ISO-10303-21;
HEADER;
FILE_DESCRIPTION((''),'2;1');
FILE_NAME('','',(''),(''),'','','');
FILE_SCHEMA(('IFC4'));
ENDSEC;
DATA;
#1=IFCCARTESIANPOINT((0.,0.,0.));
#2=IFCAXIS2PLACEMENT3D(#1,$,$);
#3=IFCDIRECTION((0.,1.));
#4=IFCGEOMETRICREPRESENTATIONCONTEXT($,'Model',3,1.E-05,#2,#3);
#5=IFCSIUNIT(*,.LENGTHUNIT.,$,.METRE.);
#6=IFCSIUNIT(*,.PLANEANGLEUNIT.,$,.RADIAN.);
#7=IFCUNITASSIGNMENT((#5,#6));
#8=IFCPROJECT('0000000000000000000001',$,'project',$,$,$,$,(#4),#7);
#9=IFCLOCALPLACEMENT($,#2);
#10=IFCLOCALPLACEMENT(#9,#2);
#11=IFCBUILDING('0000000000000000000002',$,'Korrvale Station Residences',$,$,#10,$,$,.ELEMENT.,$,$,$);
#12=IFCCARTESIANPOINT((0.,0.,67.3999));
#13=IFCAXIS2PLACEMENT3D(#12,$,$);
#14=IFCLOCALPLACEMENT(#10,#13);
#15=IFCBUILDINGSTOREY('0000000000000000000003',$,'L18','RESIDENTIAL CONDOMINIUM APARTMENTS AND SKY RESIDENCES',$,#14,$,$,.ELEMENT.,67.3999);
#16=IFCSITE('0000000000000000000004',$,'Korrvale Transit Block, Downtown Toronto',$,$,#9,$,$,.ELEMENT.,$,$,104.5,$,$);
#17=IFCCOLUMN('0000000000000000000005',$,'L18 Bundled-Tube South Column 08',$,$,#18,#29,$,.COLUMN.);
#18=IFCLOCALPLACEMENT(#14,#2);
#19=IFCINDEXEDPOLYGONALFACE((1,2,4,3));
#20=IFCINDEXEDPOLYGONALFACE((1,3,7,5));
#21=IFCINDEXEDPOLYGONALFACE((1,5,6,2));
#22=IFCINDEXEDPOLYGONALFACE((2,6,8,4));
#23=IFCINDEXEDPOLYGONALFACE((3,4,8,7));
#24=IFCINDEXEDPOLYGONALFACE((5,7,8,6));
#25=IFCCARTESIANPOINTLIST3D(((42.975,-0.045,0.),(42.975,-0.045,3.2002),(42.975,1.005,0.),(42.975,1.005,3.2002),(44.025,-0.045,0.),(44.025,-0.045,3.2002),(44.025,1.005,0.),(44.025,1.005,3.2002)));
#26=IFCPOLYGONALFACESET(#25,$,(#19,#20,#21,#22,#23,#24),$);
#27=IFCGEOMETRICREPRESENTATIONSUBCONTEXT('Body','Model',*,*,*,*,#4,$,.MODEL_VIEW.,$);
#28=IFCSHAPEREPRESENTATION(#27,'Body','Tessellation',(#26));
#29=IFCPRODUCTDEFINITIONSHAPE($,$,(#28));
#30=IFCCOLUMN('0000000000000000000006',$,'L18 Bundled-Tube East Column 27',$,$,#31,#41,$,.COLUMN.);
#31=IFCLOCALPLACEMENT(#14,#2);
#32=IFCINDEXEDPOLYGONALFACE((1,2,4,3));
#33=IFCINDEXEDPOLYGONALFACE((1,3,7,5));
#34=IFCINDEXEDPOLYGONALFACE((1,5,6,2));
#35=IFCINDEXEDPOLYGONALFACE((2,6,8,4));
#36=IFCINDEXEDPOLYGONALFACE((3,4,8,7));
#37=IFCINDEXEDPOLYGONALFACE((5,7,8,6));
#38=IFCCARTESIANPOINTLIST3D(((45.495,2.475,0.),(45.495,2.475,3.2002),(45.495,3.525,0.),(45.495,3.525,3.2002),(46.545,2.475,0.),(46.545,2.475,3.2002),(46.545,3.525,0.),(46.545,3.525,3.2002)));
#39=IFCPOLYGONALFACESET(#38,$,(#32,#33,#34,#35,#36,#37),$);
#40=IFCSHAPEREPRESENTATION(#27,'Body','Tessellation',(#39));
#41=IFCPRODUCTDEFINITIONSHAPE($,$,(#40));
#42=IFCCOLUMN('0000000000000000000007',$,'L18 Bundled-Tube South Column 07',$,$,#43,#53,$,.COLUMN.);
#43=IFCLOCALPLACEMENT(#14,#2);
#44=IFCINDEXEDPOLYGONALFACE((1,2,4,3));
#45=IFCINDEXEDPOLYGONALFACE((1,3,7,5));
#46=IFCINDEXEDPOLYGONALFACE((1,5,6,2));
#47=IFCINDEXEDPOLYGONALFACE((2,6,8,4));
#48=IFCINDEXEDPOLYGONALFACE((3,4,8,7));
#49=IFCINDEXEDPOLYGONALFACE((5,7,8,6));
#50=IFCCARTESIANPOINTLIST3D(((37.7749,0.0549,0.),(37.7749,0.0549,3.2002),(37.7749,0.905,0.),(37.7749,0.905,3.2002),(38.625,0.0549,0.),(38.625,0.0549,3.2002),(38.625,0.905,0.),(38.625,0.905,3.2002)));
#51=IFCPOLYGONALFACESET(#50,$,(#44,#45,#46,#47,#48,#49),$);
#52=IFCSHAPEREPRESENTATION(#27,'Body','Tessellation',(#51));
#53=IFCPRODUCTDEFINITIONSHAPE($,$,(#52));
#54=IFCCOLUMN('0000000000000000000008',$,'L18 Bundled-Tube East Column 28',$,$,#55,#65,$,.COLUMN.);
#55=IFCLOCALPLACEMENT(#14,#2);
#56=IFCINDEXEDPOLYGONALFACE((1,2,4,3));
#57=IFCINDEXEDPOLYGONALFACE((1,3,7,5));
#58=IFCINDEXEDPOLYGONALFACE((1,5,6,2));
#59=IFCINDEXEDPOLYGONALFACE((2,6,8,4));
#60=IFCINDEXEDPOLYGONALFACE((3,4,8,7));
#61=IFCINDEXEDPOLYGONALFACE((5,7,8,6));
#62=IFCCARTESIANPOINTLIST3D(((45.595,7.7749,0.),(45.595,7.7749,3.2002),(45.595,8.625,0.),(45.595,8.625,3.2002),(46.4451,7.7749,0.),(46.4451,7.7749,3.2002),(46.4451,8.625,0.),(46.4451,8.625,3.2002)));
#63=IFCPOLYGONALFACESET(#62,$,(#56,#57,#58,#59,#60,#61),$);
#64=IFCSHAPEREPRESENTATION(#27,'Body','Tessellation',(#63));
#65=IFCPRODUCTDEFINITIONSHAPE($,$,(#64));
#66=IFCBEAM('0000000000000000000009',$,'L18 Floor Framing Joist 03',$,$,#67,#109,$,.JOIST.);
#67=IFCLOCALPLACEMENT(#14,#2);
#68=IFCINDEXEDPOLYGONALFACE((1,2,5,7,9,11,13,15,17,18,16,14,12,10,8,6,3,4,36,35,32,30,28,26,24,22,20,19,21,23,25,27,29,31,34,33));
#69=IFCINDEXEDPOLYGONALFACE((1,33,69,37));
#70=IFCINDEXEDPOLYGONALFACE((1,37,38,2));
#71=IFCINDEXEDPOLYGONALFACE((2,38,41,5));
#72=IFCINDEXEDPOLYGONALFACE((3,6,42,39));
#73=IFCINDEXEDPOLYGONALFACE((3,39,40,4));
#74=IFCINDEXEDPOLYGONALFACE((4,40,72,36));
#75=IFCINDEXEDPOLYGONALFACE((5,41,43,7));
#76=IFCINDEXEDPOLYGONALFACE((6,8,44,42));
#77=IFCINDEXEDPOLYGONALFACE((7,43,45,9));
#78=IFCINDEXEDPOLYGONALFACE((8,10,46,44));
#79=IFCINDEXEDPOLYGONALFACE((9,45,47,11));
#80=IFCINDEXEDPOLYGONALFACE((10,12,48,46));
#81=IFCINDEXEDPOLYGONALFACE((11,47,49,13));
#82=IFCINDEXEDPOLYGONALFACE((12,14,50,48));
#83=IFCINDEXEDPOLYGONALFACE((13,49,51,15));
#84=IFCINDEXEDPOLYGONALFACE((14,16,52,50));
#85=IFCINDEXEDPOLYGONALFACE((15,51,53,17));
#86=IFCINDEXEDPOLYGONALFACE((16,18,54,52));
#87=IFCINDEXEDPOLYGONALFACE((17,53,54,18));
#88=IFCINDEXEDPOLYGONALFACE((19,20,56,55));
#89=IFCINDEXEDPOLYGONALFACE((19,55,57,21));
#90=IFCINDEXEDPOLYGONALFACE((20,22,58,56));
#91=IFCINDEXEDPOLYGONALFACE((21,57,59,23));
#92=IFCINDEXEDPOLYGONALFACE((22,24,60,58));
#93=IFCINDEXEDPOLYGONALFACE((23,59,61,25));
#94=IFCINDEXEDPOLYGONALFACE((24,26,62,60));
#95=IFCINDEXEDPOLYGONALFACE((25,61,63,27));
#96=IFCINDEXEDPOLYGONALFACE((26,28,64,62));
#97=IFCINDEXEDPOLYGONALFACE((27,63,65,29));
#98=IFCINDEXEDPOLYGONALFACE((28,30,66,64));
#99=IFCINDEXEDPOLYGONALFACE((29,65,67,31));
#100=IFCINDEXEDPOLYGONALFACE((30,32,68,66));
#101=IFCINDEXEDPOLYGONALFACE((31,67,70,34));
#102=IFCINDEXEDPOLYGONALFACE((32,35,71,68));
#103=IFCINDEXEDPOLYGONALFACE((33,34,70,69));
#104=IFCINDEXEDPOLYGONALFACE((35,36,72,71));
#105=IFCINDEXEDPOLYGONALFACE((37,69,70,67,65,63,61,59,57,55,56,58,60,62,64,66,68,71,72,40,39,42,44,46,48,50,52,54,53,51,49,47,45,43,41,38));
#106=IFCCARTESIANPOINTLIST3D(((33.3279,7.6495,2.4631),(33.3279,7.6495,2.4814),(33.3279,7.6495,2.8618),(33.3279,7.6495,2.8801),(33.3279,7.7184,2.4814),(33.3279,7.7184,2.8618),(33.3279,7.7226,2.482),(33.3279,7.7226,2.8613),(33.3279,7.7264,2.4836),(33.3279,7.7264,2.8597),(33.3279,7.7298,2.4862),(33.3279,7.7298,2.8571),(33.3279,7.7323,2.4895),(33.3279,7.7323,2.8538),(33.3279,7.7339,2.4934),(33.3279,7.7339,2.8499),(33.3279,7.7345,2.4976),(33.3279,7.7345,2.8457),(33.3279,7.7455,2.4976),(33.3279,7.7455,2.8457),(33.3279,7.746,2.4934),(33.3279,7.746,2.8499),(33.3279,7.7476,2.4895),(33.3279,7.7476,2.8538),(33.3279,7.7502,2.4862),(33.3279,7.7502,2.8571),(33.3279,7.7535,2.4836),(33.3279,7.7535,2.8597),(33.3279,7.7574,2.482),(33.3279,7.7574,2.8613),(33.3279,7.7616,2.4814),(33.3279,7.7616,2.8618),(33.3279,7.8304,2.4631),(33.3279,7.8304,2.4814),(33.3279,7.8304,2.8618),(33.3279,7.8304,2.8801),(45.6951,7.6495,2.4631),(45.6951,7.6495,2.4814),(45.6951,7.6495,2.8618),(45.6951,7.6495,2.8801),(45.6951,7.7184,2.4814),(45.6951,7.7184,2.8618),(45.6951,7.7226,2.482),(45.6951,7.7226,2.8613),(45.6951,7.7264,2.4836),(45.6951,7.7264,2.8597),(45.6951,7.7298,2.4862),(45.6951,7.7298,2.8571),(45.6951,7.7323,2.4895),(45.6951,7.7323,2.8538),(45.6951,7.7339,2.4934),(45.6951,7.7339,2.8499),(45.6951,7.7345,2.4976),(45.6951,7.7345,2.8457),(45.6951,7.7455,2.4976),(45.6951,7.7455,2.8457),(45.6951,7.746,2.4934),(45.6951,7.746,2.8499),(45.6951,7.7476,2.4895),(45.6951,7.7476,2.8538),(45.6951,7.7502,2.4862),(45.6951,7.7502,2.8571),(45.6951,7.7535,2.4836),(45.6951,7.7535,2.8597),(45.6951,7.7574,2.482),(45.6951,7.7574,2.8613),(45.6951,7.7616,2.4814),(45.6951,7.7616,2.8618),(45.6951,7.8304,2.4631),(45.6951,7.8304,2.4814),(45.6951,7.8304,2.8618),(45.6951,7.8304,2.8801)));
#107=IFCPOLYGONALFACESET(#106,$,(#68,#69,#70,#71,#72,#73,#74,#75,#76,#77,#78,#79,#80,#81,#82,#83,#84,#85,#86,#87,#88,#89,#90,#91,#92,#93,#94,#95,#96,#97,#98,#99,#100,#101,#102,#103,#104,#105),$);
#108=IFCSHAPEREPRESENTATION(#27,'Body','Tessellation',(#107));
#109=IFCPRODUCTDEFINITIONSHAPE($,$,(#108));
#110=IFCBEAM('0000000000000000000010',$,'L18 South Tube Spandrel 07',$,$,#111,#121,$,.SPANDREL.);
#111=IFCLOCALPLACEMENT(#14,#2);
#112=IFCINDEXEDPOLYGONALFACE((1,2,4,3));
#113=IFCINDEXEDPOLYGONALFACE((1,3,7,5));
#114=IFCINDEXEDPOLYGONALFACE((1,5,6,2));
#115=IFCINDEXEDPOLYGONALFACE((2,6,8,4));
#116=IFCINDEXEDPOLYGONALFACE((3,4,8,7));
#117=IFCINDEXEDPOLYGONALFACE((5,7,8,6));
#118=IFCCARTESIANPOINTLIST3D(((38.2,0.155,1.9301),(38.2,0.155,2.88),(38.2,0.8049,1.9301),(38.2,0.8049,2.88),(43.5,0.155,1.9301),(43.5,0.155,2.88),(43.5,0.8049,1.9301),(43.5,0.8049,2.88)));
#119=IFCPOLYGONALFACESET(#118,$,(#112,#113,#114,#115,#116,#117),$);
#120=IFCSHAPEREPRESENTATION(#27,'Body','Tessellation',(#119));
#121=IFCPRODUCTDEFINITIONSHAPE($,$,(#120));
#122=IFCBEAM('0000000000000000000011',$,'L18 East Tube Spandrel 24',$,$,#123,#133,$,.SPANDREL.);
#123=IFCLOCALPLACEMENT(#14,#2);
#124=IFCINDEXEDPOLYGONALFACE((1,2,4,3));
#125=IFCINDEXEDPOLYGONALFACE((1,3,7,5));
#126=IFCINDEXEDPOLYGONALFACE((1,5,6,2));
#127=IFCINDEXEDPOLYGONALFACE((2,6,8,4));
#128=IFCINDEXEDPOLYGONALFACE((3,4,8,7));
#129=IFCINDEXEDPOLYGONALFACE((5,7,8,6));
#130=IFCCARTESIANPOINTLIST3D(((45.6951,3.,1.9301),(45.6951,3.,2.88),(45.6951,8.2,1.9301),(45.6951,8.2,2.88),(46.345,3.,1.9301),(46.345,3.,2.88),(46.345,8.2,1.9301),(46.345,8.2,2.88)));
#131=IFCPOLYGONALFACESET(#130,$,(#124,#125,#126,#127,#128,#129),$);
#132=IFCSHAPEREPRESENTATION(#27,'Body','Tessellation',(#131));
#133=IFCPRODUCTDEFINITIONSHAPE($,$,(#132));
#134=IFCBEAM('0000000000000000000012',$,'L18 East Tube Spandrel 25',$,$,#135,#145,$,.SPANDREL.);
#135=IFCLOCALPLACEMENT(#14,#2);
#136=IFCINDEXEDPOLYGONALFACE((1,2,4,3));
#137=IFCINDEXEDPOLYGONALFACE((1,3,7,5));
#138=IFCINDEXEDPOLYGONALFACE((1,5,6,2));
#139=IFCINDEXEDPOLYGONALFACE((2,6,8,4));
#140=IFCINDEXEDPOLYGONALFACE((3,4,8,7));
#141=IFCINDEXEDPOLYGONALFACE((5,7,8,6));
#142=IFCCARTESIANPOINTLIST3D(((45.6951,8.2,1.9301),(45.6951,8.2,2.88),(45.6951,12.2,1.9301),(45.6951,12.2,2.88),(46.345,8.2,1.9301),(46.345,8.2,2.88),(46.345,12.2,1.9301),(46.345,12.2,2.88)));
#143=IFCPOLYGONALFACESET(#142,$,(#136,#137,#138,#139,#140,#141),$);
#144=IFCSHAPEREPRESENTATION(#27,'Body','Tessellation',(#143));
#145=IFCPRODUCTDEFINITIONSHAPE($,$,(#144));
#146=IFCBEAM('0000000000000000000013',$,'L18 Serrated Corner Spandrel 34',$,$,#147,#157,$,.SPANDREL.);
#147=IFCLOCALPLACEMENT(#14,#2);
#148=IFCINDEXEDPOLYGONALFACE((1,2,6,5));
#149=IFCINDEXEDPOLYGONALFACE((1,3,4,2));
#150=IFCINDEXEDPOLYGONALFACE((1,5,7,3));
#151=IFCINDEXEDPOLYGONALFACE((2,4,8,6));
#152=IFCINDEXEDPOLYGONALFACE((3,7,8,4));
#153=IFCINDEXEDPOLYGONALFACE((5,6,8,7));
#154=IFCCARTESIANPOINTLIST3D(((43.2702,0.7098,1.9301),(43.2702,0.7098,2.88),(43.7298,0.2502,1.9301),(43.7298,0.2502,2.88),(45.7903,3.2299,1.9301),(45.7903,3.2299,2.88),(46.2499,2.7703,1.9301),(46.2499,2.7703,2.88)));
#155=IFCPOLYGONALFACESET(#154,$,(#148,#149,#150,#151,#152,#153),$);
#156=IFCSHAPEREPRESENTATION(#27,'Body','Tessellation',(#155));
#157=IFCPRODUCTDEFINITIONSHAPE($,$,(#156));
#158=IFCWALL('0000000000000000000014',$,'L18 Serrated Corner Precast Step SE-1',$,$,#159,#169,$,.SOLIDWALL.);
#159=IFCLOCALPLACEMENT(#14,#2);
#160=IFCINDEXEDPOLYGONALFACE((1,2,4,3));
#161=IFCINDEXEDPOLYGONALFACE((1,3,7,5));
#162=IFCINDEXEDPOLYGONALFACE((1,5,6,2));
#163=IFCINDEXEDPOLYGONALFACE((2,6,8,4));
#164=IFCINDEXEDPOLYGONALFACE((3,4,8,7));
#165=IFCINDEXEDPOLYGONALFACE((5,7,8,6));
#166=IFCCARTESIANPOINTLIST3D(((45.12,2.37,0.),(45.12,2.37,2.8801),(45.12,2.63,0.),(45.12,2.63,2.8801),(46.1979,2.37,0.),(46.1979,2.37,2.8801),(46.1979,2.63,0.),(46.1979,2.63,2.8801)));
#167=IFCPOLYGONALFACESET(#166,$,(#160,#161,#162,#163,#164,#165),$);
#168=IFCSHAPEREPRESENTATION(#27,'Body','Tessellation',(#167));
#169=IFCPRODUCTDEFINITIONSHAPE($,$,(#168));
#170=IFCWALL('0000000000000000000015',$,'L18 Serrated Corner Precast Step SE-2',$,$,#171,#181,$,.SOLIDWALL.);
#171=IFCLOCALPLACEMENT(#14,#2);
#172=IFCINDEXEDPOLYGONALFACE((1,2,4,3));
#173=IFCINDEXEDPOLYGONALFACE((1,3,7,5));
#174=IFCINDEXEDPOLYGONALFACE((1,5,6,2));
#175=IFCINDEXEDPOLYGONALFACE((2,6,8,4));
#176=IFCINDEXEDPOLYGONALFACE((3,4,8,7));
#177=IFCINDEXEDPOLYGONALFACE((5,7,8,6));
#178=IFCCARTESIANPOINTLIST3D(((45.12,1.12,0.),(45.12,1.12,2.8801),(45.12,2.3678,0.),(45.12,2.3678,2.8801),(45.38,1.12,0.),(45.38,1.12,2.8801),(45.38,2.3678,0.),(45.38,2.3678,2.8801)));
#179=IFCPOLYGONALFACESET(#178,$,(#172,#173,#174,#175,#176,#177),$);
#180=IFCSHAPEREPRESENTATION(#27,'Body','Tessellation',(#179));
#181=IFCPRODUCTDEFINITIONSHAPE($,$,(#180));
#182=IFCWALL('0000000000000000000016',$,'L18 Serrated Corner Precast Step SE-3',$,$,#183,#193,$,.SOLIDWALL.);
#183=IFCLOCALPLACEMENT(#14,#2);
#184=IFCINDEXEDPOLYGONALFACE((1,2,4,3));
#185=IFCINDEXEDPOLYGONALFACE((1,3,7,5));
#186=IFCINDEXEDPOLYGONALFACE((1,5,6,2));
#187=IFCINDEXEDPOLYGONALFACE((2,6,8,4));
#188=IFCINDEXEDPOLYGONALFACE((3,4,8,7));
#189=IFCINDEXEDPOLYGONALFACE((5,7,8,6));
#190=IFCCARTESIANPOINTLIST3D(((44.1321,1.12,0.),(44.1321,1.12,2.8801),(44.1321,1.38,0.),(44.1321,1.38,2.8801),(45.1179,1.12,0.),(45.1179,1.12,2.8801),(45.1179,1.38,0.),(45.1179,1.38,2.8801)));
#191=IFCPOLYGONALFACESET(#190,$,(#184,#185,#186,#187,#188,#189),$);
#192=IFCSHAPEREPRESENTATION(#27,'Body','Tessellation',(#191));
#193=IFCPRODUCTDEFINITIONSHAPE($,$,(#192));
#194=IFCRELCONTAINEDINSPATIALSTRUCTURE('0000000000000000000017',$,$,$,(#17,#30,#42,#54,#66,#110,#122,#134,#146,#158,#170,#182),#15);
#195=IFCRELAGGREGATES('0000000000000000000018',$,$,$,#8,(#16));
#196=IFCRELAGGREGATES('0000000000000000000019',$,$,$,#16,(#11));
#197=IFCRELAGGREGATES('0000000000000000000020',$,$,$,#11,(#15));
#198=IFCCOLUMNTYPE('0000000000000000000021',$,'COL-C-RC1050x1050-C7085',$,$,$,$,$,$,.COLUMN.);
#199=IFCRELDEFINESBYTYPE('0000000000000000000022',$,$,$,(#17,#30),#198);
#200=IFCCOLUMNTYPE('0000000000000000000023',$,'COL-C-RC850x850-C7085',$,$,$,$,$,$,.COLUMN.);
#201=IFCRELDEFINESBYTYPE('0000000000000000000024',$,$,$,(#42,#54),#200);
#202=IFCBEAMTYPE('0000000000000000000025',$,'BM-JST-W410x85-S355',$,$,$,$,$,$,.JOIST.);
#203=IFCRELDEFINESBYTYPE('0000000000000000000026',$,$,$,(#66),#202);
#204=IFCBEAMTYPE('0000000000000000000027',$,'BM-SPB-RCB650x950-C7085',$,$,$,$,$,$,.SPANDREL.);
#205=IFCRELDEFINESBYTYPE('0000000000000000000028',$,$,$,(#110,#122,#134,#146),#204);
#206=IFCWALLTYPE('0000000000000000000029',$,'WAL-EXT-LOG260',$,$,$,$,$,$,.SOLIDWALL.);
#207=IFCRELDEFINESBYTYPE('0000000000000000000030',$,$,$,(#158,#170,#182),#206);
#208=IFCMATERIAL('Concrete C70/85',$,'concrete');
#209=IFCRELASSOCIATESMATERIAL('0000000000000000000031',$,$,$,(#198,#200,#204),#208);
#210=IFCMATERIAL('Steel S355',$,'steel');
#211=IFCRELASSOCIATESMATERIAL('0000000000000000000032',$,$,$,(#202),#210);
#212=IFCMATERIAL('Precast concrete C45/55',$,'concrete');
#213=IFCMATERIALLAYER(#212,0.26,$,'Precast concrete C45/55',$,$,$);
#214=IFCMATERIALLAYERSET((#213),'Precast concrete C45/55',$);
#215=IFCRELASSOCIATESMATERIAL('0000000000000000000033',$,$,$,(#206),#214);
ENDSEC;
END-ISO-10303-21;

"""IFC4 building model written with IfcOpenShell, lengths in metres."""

from ifc_helpers import new_model, si_unit, direction, frame, frame_2d, origin, origin_2d, place, context, subcontext, project, spatial, rectangle, i_section, extrude, material, layer, layer_set, material_profile, profile_set, type_object, element, save


model = new_model("IFC4")

# Units and contexts
model_context = context("Model", 3, precision=1e-05, world=origin(), true_north=direction((0.0, 1.0)))
body_context = subcontext(model_context, "Body", "Model", "MODEL_VIEW")
ifc_project = project(units=[si_unit("LENGTHUNIT", "METRE"), si_unit("PLANEANGLEUNIT", "RADIAN")], contexts=[model_context])

# Site, building, storey
site_placement = place(None, origin())
site = spatial("IfcSite", under=ifc_project, at=site_placement, Name="Korrvale Transit Block, Downtown Toronto", CompositionType="ELEMENT", RefElevation=104.5)
building_placement = place(site_placement, origin())
building = spatial("IfcBuilding", under=site, at=building_placement, Name="Korrvale Station Residences", CompositionType="ELEMENT")
storey_placement = place(building_placement, frame((0.0, 0.0, 67.3999)))
storey = spatial("IfcBuildingStorey", under=building, at=storey_placement, Name="L18", Description="RESIDENTIAL CONDOMINIUM APARTMENTS AND SKY RESIDENCES", CompositionType="ELEMENT", Elevation=67.3999)

# Columns
ifc_material_1 = material(Name="Concrete C70/85", Category="concrete")
ifc_material_profile_1 = material_profile(ifc_material_1, rectangle(XDim=1.05, YDim=1.05, at=origin_2d()), Name="RC1050x1050")
ifc_profile_set_1 = profile_set([ifc_material_profile_1], Name="Concrete C70/85")
column_type_1 = type_object("IfcColumnType", Name="COL-C-RC1050x1050-C7085", PredefinedType="COLUMN", material=ifc_profile_set_1)
for number, where, z_axis, x_axis, name in (
    (1, (43.5, 0.48, 0.0), (0.0, 0.0, 1.0), (1.0, 0.0, 0.0), "L18 Bundled-Tube South Column 08"),
    (2, (46.02, 3.0, 0.0), (0.0, 0.0, 1.0), (1.0, 0.0, 0.0), "L18 Bundled-Tube East Column 27"),
):
    element("IfcColumn", number, at=place(storey_placement, frame(where, z_axis=z_axis, x_axis=x_axis)), inside=storey, type_object=column_type_1, Name=name, PredefinedType="COLUMN", context=body_context, shape_type="SweptSolid", body=[
        extrude(rectangle(XDim=1.05, YDim=1.05, at=origin_2d()), origin(), (0.0, 0.0, 1.0), 3.2002),
    ])
ifc_material_profile_2 = material_profile(ifc_material_1, rectangle(XDim=0.8501, YDim=0.8501, at=origin_2d()), Name="RC850x850")
ifc_profile_set_2 = profile_set([ifc_material_profile_2], Name="Concrete C70/85")
column_type_2 = type_object("IfcColumnType", Name="COL-C-RC850x850-C7085", PredefinedType="COLUMN", material=ifc_profile_set_2)
for number, where, z_axis, x_axis, name in (
    (3, (38.2, 0.48, 0.0), (0.0, 0.0, 1.0), (1.0, 0.0, 0.0), "L18 Bundled-Tube South Column 07"),
    (4, (46.02, 8.2, 0.0), (0.0, 0.0, 1.0), (1.0, 0.0, 0.0), "L18 Bundled-Tube East Column 28"),
):
    element("IfcColumn", number, at=place(storey_placement, frame(where, z_axis=z_axis, x_axis=x_axis)), inside=storey, type_object=column_type_2, Name=name, PredefinedType="COLUMN", context=body_context, shape_type="SweptSolid", body=[
        extrude(rectangle(XDim=0.8501, YDim=0.8501, at=origin_2d()), origin(), (0.0, 0.0, 1.0), 3.2002),
    ])

# Beams
ifc_material_2 = material(Name="Steel S355", Category="steel")
ifc_material_profile_3 = material_profile(ifc_material_2, i_section(OverallWidth=0.1809, OverallDepth=0.417, WebThickness=0.011, FlangeThickness=0.0183, FilletRadius=0.0161, at=origin_2d()), Name="W410x85")
ifc_profile_set_3 = profile_set([ifc_material_profile_3], Name="Steel S355")
beam_type_1 = type_object("IfcBeamType", Name="BM-JST-W410x85-S355", PredefinedType="JOIST", material=ifc_profile_set_3)
beam_1_placement = place(storey_placement, frame((33.3279, 7.74, 2.6716), z_axis=(1.0, 0.0, 0.0), x_axis=(0.0, 1.0, 0.0)))
element("IfcBeam", 5, at=beam_1_placement, inside=storey, type_object=beam_type_1, Name="L18 Floor Framing Joist 03", PredefinedType="JOIST", context=body_context, shape_type="SweptSolid", body=[
    extrude(i_section(OverallWidth=0.1809, OverallDepth=0.417, WebThickness=0.011, FlangeThickness=0.0183, FilletRadius=0.0161, at=origin_2d()), origin(), (0.0, 0.0, 1.0), 12.3672),
])
ifc_material_profile_4 = material_profile(ifc_material_1, rectangle(XDim=0.6499, YDim=0.95, at=origin_2d()), Name="RCB650x950")
ifc_profile_set_4 = profile_set([ifc_material_profile_4], Name="Concrete C70/85")
beam_type_2 = type_object("IfcBeamType", Name="BM-SPB-RCB650x950-C7085", PredefinedType="SPANDREL", material=ifc_profile_set_4)
beam_2_placement = place(storey_placement, frame((38.2, 0.48, 2.405), z_axis=(1.0, 0.0, 0.0), x_axis=(0.0, 1.0, 0.0)))
element("IfcBeam", 6, at=beam_2_placement, inside=storey, type_object=beam_type_2, Name="L18 South Tube Spandrel 07", PredefinedType="SPANDREL", context=body_context, shape_type="SweptSolid", body=[
    extrude(rectangle(XDim=0.6499, YDim=0.95, at=origin_2d()), origin(), (0.0, 0.0, 1.0), 5.3),
])
beam_3_placement = place(storey_placement, frame((46.02, 3.0, 2.405), z_axis=(0.0, 1.0, 0.0), x_axis=(-1.0, 0.0, 0.0)))
element("IfcBeam", 7, at=beam_3_placement, inside=storey, type_object=beam_type_2, Name="L18 East Tube Spandrel 24", PredefinedType="SPANDREL", context=body_context, shape_type="SweptSolid", body=[
    extrude(rectangle(XDim=0.6499, YDim=0.95, at=origin_2d()), origin(), (0.0, 0.0, 1.0), 5.2),
])
beam_4_placement = place(storey_placement, frame((46.02, 8.2, 2.405), z_axis=(0.0, 1.0, 0.0), x_axis=(-1.0, 0.0, 0.0)))
element("IfcBeam", 8, at=beam_4_placement, inside=storey, type_object=beam_type_2, Name="L18 East Tube Spandrel 25", PredefinedType="SPANDREL", context=body_context, shape_type="SweptSolid", body=[
    extrude(rectangle(XDim=0.6499, YDim=0.95, at=origin_2d()), origin(), (0.0, 0.0, 1.0), 4.0),
])
beam_5_placement = place(storey_placement, frame((43.5, 0.48, 2.405), z_axis=(0.707107, 0.707107, 0.0), x_axis=(-0.707107, 0.707107, 0.0)))
element("IfcBeam", 9, at=beam_5_placement, inside=storey, type_object=beam_type_2, Name="L18 Serrated Corner Spandrel 34", PredefinedType="SPANDREL", context=body_context, shape_type="SweptSolid", body=[
    extrude(rectangle(XDim=0.6499, YDim=0.95, at=origin_2d()), origin(), (0.0, 0.0, 1.0), 3.564),
])

# Walls
ifc_material_3 = material(Name="Precast concrete C45/55", Category="concrete")
ifc_layer_1 = layer(ifc_material_3, 0.26, Name="Precast concrete C45/55")
ifc_layer_set_1 = layer_set([ifc_layer_1], Name="Precast concrete C45/55")
wall_type_1 = type_object("IfcWallType", Name="WAL-EXT-LOG260", PredefinedType="SOLIDWALL", material=ifc_layer_set_1)
wall_1_placement = place(storey_placement, frame((46.198, 2.5, 0.0), z_axis=(0.0, 0.0, 1.0), x_axis=(-1.0, 0.0, 0.0)))
element("IfcWall", 10, at=wall_1_placement, inside=storey, type_object=wall_type_1, Name="L18 Serrated Corner Precast Step SE-1", PredefinedType="SOLIDWALL", context=body_context, shape_type="SweptSolid", body=[
    extrude(rectangle(XDim=1.0779, YDim=0.26, at=frame_2d((0.5391, 0.0))), origin(), (0.0, 0.0, 1.0), 2.8801),
])
wall_2_placement = place(storey_placement, frame((45.25, 2.3679, 0.0), z_axis=(0.0, 0.0, 1.0), x_axis=(0.0, -1.0, 0.0)))
element("IfcWall", 11, at=wall_2_placement, inside=storey, type_object=wall_type_1, Name="L18 Serrated Corner Precast Step SE-2", PredefinedType="SOLIDWALL", context=body_context, shape_type="SweptSolid", body=[
    extrude(rectangle(XDim=1.2478, YDim=0.26, at=frame_2d((0.624, 0.0))), origin(), (0.0, 0.0, 1.0), 2.8801),
])
wall_3_placement = place(storey_placement, frame((45.1179, 1.25, 0.0), z_axis=(0.0, 0.0, 1.0), x_axis=(-1.0, 0.0, 0.0)))
element("IfcWall", 12, at=wall_3_placement, inside=storey, type_object=wall_type_1, Name="L18 Serrated Corner Precast Step SE-3", PredefinedType="SOLIDWALL", context=body_context, shape_type="SweptSolid", body=[
    extrude(rectangle(XDim=0.9858, YDim=0.26, at=frame_2d((0.4929, 0.0))), origin(), (0.0, 0.0, 1.0), 2.8801),
])

save(model, "model.ifc")
